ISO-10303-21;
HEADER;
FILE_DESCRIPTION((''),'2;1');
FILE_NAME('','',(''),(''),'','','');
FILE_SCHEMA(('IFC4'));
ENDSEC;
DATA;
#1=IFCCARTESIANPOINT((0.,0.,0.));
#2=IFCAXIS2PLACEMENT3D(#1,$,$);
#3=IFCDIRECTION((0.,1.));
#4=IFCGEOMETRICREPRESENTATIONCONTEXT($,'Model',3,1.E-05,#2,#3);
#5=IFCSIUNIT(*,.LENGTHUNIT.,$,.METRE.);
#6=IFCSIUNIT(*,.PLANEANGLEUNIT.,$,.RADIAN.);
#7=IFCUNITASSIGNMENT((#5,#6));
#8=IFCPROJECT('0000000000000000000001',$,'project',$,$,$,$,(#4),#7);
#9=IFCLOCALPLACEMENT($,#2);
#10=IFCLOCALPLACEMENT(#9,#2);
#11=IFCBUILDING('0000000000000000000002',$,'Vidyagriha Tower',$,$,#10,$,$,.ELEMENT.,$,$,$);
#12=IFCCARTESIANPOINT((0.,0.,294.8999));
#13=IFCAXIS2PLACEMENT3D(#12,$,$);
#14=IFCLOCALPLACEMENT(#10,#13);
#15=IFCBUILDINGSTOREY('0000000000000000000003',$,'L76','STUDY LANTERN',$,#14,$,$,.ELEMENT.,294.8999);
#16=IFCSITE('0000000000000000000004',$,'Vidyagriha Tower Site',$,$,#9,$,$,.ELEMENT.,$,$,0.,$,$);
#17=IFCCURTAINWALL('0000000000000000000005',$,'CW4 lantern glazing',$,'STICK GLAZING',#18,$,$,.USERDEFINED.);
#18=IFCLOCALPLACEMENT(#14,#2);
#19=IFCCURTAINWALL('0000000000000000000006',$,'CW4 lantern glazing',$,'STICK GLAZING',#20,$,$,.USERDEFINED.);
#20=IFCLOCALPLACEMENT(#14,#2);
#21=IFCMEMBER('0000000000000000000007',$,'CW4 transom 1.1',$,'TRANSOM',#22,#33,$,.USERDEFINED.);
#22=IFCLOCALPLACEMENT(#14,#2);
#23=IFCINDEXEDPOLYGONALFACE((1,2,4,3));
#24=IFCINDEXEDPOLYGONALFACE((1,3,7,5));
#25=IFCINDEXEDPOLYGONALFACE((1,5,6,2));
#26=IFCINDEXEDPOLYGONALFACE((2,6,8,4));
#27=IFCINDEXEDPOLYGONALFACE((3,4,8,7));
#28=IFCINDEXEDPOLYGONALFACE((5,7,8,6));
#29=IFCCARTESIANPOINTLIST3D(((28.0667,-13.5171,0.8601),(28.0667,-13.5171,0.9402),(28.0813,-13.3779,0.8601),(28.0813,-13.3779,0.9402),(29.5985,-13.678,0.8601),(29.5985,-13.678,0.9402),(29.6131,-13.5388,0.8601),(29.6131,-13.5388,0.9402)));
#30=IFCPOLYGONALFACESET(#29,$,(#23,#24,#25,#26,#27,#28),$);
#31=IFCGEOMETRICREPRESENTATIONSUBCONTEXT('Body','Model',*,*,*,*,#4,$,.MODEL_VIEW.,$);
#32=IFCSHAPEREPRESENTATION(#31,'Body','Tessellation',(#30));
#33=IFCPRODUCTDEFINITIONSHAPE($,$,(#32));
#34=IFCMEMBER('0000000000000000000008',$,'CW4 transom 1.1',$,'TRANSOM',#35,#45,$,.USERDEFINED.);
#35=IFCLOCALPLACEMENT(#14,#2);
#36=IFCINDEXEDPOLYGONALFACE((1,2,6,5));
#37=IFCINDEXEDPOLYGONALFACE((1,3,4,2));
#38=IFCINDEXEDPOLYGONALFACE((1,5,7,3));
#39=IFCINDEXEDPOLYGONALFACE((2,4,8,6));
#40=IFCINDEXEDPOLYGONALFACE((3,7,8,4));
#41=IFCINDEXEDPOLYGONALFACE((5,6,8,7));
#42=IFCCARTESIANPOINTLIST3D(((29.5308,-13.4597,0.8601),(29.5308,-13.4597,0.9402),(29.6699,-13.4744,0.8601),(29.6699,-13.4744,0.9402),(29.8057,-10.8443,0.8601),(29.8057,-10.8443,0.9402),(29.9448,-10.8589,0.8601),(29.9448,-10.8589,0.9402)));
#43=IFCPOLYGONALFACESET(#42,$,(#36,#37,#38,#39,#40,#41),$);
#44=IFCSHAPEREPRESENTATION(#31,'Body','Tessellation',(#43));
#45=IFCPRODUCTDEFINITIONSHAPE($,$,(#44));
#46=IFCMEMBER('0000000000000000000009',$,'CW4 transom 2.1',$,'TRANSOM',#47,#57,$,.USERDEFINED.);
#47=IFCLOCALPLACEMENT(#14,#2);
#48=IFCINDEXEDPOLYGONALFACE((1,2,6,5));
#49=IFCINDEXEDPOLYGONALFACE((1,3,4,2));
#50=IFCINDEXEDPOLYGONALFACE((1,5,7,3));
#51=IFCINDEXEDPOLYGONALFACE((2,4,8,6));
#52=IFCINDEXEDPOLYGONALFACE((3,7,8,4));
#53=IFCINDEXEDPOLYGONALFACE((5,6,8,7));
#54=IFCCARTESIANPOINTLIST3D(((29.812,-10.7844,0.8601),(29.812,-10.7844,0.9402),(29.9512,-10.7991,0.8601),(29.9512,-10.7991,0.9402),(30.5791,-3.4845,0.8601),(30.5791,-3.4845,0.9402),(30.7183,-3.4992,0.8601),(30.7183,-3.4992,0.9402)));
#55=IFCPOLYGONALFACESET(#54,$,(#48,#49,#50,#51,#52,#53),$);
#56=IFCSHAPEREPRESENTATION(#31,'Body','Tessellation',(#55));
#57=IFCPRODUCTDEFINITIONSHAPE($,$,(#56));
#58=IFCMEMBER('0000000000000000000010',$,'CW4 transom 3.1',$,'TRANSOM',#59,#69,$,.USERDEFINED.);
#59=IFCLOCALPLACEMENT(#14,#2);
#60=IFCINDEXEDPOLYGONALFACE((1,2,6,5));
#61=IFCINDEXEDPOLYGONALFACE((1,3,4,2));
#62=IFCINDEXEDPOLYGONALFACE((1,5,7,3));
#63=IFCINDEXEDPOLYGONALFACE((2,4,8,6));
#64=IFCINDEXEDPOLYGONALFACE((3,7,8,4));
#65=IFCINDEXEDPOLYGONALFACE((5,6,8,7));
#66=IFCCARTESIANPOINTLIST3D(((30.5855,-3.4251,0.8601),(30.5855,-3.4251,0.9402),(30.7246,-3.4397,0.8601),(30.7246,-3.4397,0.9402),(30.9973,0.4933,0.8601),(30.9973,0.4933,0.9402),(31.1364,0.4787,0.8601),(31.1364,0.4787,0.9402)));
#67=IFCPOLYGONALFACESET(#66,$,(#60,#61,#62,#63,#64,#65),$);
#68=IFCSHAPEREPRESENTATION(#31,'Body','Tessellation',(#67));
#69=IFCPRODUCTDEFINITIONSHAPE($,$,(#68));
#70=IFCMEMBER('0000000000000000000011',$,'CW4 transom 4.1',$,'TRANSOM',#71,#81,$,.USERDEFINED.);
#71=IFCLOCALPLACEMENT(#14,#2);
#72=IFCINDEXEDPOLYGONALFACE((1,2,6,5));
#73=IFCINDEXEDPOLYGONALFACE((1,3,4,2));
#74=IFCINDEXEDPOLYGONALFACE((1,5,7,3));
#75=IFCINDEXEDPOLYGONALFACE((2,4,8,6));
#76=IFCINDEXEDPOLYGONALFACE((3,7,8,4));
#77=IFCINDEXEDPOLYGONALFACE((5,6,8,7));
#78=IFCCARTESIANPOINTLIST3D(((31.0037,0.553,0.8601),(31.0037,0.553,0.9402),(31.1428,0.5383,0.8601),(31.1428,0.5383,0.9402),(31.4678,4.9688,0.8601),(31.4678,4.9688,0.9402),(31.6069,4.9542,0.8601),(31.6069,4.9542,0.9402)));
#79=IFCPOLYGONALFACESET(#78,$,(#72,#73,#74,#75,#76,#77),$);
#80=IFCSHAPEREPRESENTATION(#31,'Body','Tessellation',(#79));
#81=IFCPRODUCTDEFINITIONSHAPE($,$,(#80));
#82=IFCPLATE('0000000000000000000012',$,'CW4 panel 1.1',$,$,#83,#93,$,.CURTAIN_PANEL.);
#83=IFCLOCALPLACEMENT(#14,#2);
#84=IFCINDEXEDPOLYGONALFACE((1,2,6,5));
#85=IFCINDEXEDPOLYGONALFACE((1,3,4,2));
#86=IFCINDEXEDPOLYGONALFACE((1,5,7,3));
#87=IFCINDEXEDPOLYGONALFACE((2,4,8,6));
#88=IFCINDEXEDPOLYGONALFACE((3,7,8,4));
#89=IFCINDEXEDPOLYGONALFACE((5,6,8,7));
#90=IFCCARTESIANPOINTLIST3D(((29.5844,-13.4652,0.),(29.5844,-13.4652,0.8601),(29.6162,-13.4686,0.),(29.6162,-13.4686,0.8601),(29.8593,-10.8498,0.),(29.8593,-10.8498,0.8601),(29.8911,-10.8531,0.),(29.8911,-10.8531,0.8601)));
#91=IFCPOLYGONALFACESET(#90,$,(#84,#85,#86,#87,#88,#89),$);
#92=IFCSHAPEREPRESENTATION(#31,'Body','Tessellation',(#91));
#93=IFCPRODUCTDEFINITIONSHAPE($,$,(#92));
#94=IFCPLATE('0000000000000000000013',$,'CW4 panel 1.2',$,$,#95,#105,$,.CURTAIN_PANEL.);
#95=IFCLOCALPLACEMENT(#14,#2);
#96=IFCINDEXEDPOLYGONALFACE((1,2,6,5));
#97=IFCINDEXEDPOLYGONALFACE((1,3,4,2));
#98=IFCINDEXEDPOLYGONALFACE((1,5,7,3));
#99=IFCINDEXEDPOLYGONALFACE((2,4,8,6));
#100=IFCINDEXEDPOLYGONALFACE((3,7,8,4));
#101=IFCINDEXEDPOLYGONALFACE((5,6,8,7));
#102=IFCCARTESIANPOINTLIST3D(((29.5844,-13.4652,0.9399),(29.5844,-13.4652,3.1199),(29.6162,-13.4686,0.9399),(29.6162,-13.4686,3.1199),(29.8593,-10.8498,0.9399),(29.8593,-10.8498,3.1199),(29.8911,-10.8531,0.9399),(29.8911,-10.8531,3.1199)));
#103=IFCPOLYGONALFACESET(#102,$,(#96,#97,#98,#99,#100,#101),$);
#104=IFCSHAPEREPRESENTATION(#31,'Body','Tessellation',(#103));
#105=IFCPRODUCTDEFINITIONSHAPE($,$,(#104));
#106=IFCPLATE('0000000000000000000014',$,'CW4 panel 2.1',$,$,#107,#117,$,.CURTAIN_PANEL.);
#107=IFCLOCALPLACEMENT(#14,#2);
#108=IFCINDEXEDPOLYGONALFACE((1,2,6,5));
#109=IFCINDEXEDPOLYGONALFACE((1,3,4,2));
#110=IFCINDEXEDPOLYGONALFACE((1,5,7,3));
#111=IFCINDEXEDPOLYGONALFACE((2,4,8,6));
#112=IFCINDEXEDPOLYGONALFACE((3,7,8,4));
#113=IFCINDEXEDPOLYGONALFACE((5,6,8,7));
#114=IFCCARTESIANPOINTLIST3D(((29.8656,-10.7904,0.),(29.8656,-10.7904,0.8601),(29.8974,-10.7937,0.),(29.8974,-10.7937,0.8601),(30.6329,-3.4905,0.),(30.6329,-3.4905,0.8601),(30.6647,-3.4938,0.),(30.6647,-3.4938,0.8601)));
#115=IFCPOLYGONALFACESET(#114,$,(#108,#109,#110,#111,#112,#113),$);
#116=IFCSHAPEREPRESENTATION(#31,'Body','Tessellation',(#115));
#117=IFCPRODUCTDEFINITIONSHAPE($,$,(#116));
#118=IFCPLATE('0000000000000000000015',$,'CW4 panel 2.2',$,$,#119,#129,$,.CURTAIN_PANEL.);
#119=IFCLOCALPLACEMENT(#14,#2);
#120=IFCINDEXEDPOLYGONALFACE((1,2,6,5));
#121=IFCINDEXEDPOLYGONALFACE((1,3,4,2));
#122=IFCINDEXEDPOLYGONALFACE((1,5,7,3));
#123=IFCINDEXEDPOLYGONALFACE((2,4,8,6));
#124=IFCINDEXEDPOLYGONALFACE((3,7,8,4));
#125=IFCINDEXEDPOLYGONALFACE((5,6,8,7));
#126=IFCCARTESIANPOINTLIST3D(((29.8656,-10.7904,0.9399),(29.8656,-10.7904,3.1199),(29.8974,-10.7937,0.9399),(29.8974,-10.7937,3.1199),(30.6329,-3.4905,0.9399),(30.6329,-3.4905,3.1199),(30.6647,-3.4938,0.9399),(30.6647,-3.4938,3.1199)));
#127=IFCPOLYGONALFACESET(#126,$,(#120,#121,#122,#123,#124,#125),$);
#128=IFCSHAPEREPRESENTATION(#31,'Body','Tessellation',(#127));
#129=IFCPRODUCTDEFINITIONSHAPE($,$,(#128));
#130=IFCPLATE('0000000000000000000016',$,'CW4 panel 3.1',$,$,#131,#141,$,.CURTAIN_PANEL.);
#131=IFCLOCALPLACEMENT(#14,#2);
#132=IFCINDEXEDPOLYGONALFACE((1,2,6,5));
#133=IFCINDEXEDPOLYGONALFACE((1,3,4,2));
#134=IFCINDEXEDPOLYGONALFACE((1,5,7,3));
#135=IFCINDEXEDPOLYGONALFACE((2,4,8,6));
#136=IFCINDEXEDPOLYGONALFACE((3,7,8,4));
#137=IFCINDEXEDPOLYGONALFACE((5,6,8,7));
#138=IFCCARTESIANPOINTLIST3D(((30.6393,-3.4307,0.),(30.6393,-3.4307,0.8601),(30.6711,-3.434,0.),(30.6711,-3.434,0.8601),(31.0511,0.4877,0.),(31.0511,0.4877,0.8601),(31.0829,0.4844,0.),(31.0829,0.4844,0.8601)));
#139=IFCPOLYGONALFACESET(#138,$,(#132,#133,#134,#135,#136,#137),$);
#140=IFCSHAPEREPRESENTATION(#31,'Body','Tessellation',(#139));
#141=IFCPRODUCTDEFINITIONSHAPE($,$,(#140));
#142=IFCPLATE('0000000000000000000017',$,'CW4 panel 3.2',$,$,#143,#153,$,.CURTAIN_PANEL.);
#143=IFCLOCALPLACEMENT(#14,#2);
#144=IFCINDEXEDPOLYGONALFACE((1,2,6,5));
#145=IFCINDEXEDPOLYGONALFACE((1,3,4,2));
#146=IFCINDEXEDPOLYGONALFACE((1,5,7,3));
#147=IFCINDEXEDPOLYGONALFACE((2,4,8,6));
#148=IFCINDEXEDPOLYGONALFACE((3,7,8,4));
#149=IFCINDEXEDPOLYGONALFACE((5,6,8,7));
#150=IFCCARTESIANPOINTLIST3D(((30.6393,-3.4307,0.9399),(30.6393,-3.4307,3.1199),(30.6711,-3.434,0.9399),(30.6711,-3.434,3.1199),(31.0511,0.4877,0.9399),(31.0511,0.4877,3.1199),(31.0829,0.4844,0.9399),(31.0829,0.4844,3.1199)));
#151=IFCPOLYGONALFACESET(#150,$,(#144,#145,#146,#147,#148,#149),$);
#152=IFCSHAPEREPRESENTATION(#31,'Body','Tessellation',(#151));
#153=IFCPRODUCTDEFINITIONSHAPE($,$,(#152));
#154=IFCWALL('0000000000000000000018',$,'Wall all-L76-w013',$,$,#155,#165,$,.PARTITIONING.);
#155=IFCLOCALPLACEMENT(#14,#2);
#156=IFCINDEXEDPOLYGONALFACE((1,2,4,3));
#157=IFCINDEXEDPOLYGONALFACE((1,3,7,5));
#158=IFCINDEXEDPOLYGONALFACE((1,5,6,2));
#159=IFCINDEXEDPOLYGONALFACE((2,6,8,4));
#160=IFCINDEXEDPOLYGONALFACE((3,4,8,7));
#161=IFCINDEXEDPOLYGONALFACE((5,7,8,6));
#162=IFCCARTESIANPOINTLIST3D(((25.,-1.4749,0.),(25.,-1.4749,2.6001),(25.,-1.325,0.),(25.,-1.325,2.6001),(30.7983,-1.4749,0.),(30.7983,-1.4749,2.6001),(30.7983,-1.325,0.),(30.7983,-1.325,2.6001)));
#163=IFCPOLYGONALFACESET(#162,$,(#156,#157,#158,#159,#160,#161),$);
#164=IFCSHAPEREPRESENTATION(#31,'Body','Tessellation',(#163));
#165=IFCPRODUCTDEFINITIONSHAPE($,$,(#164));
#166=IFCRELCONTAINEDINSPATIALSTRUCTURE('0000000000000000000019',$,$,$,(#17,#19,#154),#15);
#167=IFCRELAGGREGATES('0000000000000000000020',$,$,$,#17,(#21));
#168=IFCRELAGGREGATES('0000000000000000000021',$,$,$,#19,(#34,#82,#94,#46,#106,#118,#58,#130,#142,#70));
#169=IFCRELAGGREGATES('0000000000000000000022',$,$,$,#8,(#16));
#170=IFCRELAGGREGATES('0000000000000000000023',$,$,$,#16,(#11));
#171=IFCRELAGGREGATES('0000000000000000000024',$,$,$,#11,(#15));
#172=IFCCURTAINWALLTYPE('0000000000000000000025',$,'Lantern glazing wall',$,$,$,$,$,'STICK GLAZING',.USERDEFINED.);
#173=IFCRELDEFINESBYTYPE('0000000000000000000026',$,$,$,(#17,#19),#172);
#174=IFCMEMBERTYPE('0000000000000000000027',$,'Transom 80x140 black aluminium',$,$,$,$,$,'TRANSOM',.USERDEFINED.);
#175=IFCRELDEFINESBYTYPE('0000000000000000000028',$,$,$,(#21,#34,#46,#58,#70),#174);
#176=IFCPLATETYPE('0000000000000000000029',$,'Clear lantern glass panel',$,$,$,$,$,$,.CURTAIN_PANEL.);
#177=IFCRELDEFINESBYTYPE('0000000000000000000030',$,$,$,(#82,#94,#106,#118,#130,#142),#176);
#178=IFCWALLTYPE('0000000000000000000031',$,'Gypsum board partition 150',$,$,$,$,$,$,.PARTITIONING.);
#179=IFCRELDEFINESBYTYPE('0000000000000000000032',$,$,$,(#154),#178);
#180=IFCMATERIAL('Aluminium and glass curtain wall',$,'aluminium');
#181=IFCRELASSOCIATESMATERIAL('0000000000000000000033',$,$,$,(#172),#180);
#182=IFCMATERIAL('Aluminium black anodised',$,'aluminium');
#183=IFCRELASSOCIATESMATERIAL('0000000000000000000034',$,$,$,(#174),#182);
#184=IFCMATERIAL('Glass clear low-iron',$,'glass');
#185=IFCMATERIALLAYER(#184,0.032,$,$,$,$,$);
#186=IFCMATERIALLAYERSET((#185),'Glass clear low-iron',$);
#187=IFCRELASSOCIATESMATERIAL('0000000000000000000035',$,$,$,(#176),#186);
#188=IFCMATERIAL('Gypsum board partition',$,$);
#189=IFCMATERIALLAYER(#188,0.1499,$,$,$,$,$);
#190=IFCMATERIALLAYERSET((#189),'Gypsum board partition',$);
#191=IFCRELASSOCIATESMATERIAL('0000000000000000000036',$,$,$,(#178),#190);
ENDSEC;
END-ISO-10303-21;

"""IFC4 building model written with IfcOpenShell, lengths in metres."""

from ifc_helpers import new_model, si_unit, direction, frame, frame_2d, origin, origin_2d, place, context, subcontext, project, spatial, rectangle, extrude, material, layer, layer_set, material_profile, profile_set, type_object, element, aggregate, save


model = new_model("IFC4")

# Units and contexts
model_context = context("Model", 3, precision=1e-05, world=origin(), true_north=direction((0.0, 1.0)))
body_context = subcontext(model_context, "Body", "Model", "MODEL_VIEW")
ifc_project = project(units=[si_unit("LENGTHUNIT", "METRE"), si_unit("PLANEANGLEUNIT", "RADIAN")], contexts=[model_context])

# Site, building, storey
site_placement = place(None, origin())
site = spatial("IfcSite", under=ifc_project, at=site_placement, Name="Vidyagriha Tower Site", CompositionType="ELEMENT", RefElevation=0.0)
building_placement = place(site_placement, origin())
building = spatial("IfcBuilding", under=site, at=building_placement, Name="Vidyagriha Tower", CompositionType="ELEMENT")
storey_placement = place(building_placement, frame((0.0, 0.0, 294.8999)))
storey = spatial("IfcBuildingStorey", under=building, at=storey_placement, Name="L76", Description="STUDY LANTERN", CompositionType="ELEMENT", Elevation=294.8999)

# Curtain wall
ifc_material_1 = material(Name="Aluminium and glass curtain wall", Category="aluminium")
curtain_wall_type = type_object("IfcCurtainWallType", Name="Lantern glazing wall", ElementType="STICK GLAZING", PredefinedType="USERDEFINED", material=ifc_material_1)
curtain_wall_1_placement = place(storey_placement, origin())
curtain_wall_1 = element("IfcCurtainWall", 1, at=curtain_wall_1_placement, inside=storey, type_object=curtain_wall_type, Name="CW4 lantern glazing", ObjectType="STICK GLAZING", PredefinedType="USERDEFINED")

# Curtain wall
curtain_wall_2_placement = place(storey_placement, origin())
curtain_wall_2 = element("IfcCurtainWall", 2, at=curtain_wall_2_placement, inside=storey, type_object=curtain_wall_type, Name="CW4 lantern glazing", ObjectType="STICK GLAZING", PredefinedType="USERDEFINED")

# Members
ifc_material_2 = material(Name="Aluminium black anodised", Category="aluminium")
ifc_material_profile_1 = material_profile(ifc_material_2, rectangle(XDim=0.1399, YDim=0.0801, at=origin_2d()), Name="Transom 80x140 black aluminium")
ifc_profile_set_1 = profile_set([ifc_material_profile_1], Name="Aluminium black anodised")
member_type_1 = type_object("IfcMemberType", Name="Transom 80x140 black aluminium", ElementType="TRANSOM", PredefinedType="USERDEFINED", material=ifc_profile_set_1)
member_1_placement = place(storey_placement, frame((28.074, -13.4475, 0.9001), z_axis=(0.994529, -0.104462, 0.0), x_axis=(0.104462, 0.994529, 0.0)))
member_1 = element("IfcMember", 3, at=member_1_placement, type_object=member_type_1, Name="CW4 transom 1.1", ObjectType="TRANSOM", PredefinedType="USERDEFINED", context=body_context, shape_type="SweptSolid", body=[
    extrude(rectangle(XDim=0.1399, YDim=0.0801, at=origin_2d()), origin(), (0.0, 0.0, 1.0), 1.5403),
])
aggregate(curtain_wall_1, [member_1])
member_2_placement = place(storey_placement, frame((29.6003, -13.467, 0.9001), z_axis=(0.10453, 0.994522, 0.0), x_axis=(-0.994522, 0.10453, 0.0)))
member_2 = element("IfcMember", 4, at=member_2_placement, type_object=member_type_1, Name="CW4 transom 1.1", ObjectType="TRANSOM", PredefinedType="USERDEFINED", context=body_context, shape_type="SweptSolid", body=[
    extrude(rectangle(XDim=0.1399, YDim=0.0801, at=origin_2d()), origin(), (0.0, 0.0, 1.0), 2.6299),
])
member_3_placement = place(storey_placement, frame((29.8816, -10.7917, 0.9001), z_axis=(0.104508, 0.994524, 0.0), x_axis=(-0.994524, 0.104508, 0.0)))
member_3 = element("IfcMember", 5, at=member_3_placement, type_object=member_type_1, Name="CW4 transom 2.1", ObjectType="TRANSOM", PredefinedType="USERDEFINED", context=body_context, shape_type="SweptSolid", body=[
    extrude(rectangle(XDim=0.1399, YDim=0.0801, at=origin_2d()), origin(), (0.0, 0.0, 1.0), 7.3401),
])
member_4_placement = place(storey_placement, frame((30.655, -3.4324, 0.9001), z_axis=(0.104533, 0.994521, 0.0), x_axis=(-0.994521, 0.104533, 0.0)))
member_4 = element("IfcMember", 6, at=member_4_placement, type_object=member_type_1, Name="CW4 transom 3.1", ObjectType="TRANSOM", PredefinedType="USERDEFINED", context=body_context, shape_type="SweptSolid", body=[
    extrude(rectangle(XDim=0.1399, YDim=0.0801, at=origin_2d()), origin(), (0.0, 0.0, 1.0), 3.9399),
])
member_5_placement = place(storey_placement, frame((31.0732, 0.5457, 0.9001), z_axis=(0.104527, 0.994522, 0.0), x_axis=(-0.994522, 0.104527, 0.0)))
member_5 = element("IfcMember", 7, at=member_5_placement, type_object=member_type_1, Name="CW4 transom 4.1", ObjectType="TRANSOM", PredefinedType="USERDEFINED", context=body_context, shape_type="SweptSolid", body=[
    extrude(rectangle(XDim=0.1399, YDim=0.0801, at=origin_2d()), origin(), (0.0, 0.0, 1.0), 4.4402),
])

# Plates
ifc_material_3 = material(Name="Glass clear low-iron", Category="glass")
ifc_layer_1 = layer(ifc_material_3, 0.032)
ifc_layer_set_1 = layer_set([ifc_layer_1], Name="Glass clear low-iron")
plate_type = type_object("IfcPlateType", Name="Clear lantern glass panel", PredefinedType="CURTAIN_PANEL", material=ifc_layer_set_1)
plate_1_placement = place(storey_placement, frame((29.7378, -12.1592, 0.0), z_axis=(0.0, 0.0, 1.0), x_axis=(0.104527, 0.994522, 0.0)))
plate_1 = element("IfcPlate", 8, at=plate_1_placement, type_object=plate_type, Name="CW4 panel 1.1", PredefinedType="CURTAIN_PANEL", context=body_context, shape_type="SweptSolid", body=[
    extrude(rectangle(XDim=2.6299, YDim=0.032, at=origin_2d()), origin(), (0.0, 0.0, 1.0), 0.8601),
])
plate_2_placement = place(storey_placement, frame((29.7378, -12.1592, 0.9399), z_axis=(0.0, 0.0, 1.0), x_axis=(0.104527, 0.994522, 0.0)))
plate_2 = element("IfcPlate", 9, at=plate_2_placement, type_object=plate_type, Name="CW4 panel 1.2", PredefinedType="CURTAIN_PANEL", context=body_context, shape_type="SweptSolid", body=[
    extrude(rectangle(XDim=2.6299, YDim=0.032, at=origin_2d()), origin(), (0.0, 0.0, 1.0), 2.1799),
])
plate_3_placement = place(storey_placement, frame((30.2651, -7.1421, 0.0), z_axis=(0.0, 0.0, 1.0), x_axis=(0.104527, 0.994522, 0.0)))
plate_3 = element("IfcPlate", 10, at=plate_3_placement, type_object=plate_type, Name="CW4 panel 2.1", PredefinedType="CURTAIN_PANEL", context=body_context, shape_type="SweptSolid", body=[
    extrude(rectangle(XDim=7.3401, YDim=0.032, at=origin_2d()), origin(), (0.0, 0.0, 1.0), 0.8601),
])
plate_4_placement = place(storey_placement, frame((30.2651, -7.1421, 0.9399), z_axis=(0.0, 0.0, 1.0), x_axis=(0.104527, 0.994522, 0.0)))
plate_4 = element("IfcPlate", 11, at=plate_4_placement, type_object=plate_type, Name="CW4 panel 2.2", PredefinedType="CURTAIN_PANEL", context=body_context, shape_type="SweptSolid", body=[
    extrude(rectangle(XDim=7.3401, YDim=0.032, at=origin_2d()), origin(), (0.0, 0.0, 1.0), 2.1799),
])
plate_5_placement = place(storey_placement, frame((30.8611, -1.4731, 0.0), z_axis=(0.0, 0.0, 1.0), x_axis=(0.104527, 0.994522, 0.0)))
plate_5 = element("IfcPlate", 12, at=plate_5_placement, type_object=plate_type, Name="CW4 panel 3.1", PredefinedType="CURTAIN_PANEL", context=body_context, shape_type="SweptSolid", body=[
    extrude(rectangle(XDim=3.9399, YDim=0.032, at=origin_2d()), origin(), (0.0, 0.0, 1.0), 0.8601),
])
plate_6_placement = place(storey_placement, frame((30.8611, -1.4731, 0.9399), z_axis=(0.0, 0.0, 1.0), x_axis=(0.104527, 0.994522, 0.0)))
plate_6 = element("IfcPlate", 13, at=plate_6_placement, type_object=plate_type, Name="CW4 panel 3.2", PredefinedType="CURTAIN_PANEL", context=body_context, shape_type="SweptSolid", body=[
    extrude(rectangle(XDim=3.9399, YDim=0.032, at=origin_2d()), origin(), (0.0, 0.0, 1.0), 2.1799),
])
aggregate(curtain_wall_2, [member_2, plate_1, plate_2, member_3, plate_3, plate_4, member_4, plate_5, plate_6, member_5])

# Wall
ifc_material_4 = material(Name="Gypsum board partition")
ifc_layer_2 = layer(ifc_material_4, 0.1499)
ifc_layer_set_2 = layer_set([ifc_layer_2], Name="Gypsum board partition")
wall_type = type_object("IfcWallType", Name="Gypsum board partition 150", PredefinedType="PARTITIONING", material=ifc_layer_set_2)
wall_placement = place(storey_placement, frame((30.7983, -1.3999, 0.0), z_axis=(0.0, 0.0, 1.0), x_axis=(-1.0, 0.0, 0.0)))
element("IfcWall", 14, at=wall_placement, inside=storey, type_object=wall_type, Name="Wall all-L76-w013", PredefinedType="PARTITIONING", context=body_context, shape_type="SweptSolid", body=[
    extrude(rectangle(XDim=5.7983, YDim=0.1499, at=frame_2d((2.8992, 0.0))), origin(), (0.0, 0.0, 1.0), 2.6001),
])

save(model, "model.ifc")
